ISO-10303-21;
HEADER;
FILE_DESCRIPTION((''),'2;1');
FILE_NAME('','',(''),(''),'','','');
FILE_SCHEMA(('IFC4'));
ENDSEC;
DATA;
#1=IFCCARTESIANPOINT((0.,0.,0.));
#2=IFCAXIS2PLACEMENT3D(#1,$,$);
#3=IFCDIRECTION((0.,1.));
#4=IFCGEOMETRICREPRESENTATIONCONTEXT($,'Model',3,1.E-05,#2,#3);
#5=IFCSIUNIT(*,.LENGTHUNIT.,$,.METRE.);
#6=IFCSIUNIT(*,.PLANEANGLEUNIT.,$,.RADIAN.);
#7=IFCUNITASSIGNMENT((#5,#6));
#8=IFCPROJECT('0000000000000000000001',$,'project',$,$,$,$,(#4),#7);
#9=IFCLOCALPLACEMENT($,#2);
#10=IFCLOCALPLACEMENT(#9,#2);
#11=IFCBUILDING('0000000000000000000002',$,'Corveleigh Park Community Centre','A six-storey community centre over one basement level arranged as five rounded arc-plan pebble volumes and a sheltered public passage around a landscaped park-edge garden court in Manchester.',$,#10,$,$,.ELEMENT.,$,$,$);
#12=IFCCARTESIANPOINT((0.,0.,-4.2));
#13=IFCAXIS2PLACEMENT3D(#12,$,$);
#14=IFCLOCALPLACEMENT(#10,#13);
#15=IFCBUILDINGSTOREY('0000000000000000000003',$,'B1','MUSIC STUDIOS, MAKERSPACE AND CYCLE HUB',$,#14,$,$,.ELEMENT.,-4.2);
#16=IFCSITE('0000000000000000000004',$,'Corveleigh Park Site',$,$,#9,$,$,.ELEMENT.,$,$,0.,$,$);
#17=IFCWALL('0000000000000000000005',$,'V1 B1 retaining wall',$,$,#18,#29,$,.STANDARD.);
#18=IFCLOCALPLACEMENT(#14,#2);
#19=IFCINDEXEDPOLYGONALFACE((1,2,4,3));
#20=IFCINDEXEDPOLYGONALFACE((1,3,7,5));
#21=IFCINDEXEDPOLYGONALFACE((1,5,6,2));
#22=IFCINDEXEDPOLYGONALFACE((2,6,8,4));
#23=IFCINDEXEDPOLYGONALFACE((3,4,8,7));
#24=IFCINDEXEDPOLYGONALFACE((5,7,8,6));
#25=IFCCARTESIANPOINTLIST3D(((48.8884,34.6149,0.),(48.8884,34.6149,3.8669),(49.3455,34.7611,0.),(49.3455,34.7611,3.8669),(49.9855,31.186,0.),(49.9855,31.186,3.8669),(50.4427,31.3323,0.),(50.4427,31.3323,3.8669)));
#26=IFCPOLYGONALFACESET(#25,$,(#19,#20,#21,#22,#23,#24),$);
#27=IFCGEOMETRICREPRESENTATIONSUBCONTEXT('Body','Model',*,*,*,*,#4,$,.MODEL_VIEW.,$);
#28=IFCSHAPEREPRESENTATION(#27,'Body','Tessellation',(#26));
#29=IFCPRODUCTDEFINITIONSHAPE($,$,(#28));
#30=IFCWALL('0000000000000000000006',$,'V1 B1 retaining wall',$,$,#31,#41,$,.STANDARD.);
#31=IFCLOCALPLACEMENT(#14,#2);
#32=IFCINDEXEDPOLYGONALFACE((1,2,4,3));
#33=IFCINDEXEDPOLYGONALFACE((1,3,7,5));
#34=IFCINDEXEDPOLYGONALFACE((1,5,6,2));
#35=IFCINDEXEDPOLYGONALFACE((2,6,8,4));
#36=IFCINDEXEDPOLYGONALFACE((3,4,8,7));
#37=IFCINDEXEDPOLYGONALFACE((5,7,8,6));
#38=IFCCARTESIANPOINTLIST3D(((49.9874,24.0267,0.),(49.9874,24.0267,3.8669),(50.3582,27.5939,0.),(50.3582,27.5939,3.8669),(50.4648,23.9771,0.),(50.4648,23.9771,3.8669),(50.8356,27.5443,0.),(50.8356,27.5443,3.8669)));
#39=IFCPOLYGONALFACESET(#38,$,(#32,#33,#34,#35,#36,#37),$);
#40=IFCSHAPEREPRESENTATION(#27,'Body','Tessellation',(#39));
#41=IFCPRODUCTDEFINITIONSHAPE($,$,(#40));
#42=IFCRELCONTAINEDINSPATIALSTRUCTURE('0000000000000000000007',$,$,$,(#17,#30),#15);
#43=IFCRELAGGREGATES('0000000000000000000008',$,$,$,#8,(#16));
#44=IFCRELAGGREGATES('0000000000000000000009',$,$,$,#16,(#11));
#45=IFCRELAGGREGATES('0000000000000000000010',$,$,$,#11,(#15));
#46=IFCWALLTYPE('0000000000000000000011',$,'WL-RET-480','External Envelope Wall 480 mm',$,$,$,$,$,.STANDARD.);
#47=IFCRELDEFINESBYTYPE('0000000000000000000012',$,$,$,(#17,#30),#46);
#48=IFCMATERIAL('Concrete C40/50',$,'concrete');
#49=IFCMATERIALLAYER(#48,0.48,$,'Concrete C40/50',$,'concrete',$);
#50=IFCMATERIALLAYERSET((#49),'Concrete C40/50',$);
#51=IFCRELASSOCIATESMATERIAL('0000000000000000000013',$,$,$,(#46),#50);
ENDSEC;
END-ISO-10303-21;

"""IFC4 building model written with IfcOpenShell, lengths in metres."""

from ifc_helpers import new_model, si_unit, direction, frame, frame_2d, origin, place, context, subcontext, project, spatial, rectangle, extrude, material, layer, layer_set, type_object, element, save


model = new_model("IFC4")

# Units and contexts
model_context = context("Model", 3, precision=1e-05, world=origin(), true_north=direction((0.0, 1.0)))
body_context = subcontext(model_context, "Body", "Model", "MODEL_VIEW")
ifc_project = project(units=[si_unit("LENGTHUNIT", "METRE"), si_unit("PLANEANGLEUNIT", "RADIAN")], contexts=[model_context])

# Site, building, storey
site_placement = place(None, origin())
site = spatial("IfcSite", under=ifc_project, at=site_placement, Name="Corveleigh Park Site", CompositionType="ELEMENT", RefElevation=0.0)
building_placement = place(site_placement, origin())
building = spatial("IfcBuilding", under=site, at=building_placement, Name="Corveleigh Park Community Centre", Description="A six-storey community centre over one basement level arranged as five rounded arc-plan pebble volumes and a sheltered public passage around a landscaped park-edge garden court in Manchester.", CompositionType="ELEMENT")
storey_placement = place(building_placement, frame((0.0, 0.0, -4.2)))
storey = spatial("IfcBuildingStorey", under=building, at=storey_placement, Name="B1", Description="MUSIC STUDIOS, MAKERSPACE AND CYCLE HUB", CompositionType="ELEMENT", Elevation=-4.2)

# Shared definitions
ifc_material_1 = material(Name="Concrete C40/50", Category="concrete")

# Walls
ifc_layer_1 = layer(ifc_material_1, 0.48, Name="Concrete C40/50", Category="concrete")
ifc_layer_set_1 = layer_set([ifc_layer_1], Name="Concrete C40/50")
wall_type_1 = type_object("IfcWallType", Name="WL-RET-480", Description="External Envelope Wall 480 mm", PredefinedType="STANDARD", material=ifc_layer_set_1)
wall_1_placement = place(storey_placement, frame((49.1169, 34.688, 0.0), z_axis=(0.0, 0.0, 1.0), x_axis=(0.304751, -0.952432, 0.0)))
element("IfcWall", 1, at=wall_1_placement, inside=storey, type_object=wall_type_1, Name="V1 B1 retaining wall", PredefinedType="STANDARD", context=body_context, shape_type="SweptSolid", body=[
    extrude(rectangle(XDim=3.6001, YDim=0.48, at=frame_2d((1.8, 0.0))), origin(), (0.0, 0.0, 1.0), 3.8669),
])
wall_2_placement = place(storey_placement, frame((50.5969, 27.5691, 0.0), z_axis=(0.0, 0.0, 1.0), x_axis=(-0.103405, -0.994639, 0.0)))
element("IfcWall", 2, at=wall_2_placement, inside=storey, type_object=wall_type_1, Name="V1 B1 retaining wall", PredefinedType="STANDARD", context=body_context, shape_type="SweptSolid", body=[
    extrude(rectangle(XDim=3.5864, YDim=0.48, at=frame_2d((1.7932, 0.0))), origin(), (0.0, 0.0, 1.0), 3.8669),
])

save(model, "model.ifc")
